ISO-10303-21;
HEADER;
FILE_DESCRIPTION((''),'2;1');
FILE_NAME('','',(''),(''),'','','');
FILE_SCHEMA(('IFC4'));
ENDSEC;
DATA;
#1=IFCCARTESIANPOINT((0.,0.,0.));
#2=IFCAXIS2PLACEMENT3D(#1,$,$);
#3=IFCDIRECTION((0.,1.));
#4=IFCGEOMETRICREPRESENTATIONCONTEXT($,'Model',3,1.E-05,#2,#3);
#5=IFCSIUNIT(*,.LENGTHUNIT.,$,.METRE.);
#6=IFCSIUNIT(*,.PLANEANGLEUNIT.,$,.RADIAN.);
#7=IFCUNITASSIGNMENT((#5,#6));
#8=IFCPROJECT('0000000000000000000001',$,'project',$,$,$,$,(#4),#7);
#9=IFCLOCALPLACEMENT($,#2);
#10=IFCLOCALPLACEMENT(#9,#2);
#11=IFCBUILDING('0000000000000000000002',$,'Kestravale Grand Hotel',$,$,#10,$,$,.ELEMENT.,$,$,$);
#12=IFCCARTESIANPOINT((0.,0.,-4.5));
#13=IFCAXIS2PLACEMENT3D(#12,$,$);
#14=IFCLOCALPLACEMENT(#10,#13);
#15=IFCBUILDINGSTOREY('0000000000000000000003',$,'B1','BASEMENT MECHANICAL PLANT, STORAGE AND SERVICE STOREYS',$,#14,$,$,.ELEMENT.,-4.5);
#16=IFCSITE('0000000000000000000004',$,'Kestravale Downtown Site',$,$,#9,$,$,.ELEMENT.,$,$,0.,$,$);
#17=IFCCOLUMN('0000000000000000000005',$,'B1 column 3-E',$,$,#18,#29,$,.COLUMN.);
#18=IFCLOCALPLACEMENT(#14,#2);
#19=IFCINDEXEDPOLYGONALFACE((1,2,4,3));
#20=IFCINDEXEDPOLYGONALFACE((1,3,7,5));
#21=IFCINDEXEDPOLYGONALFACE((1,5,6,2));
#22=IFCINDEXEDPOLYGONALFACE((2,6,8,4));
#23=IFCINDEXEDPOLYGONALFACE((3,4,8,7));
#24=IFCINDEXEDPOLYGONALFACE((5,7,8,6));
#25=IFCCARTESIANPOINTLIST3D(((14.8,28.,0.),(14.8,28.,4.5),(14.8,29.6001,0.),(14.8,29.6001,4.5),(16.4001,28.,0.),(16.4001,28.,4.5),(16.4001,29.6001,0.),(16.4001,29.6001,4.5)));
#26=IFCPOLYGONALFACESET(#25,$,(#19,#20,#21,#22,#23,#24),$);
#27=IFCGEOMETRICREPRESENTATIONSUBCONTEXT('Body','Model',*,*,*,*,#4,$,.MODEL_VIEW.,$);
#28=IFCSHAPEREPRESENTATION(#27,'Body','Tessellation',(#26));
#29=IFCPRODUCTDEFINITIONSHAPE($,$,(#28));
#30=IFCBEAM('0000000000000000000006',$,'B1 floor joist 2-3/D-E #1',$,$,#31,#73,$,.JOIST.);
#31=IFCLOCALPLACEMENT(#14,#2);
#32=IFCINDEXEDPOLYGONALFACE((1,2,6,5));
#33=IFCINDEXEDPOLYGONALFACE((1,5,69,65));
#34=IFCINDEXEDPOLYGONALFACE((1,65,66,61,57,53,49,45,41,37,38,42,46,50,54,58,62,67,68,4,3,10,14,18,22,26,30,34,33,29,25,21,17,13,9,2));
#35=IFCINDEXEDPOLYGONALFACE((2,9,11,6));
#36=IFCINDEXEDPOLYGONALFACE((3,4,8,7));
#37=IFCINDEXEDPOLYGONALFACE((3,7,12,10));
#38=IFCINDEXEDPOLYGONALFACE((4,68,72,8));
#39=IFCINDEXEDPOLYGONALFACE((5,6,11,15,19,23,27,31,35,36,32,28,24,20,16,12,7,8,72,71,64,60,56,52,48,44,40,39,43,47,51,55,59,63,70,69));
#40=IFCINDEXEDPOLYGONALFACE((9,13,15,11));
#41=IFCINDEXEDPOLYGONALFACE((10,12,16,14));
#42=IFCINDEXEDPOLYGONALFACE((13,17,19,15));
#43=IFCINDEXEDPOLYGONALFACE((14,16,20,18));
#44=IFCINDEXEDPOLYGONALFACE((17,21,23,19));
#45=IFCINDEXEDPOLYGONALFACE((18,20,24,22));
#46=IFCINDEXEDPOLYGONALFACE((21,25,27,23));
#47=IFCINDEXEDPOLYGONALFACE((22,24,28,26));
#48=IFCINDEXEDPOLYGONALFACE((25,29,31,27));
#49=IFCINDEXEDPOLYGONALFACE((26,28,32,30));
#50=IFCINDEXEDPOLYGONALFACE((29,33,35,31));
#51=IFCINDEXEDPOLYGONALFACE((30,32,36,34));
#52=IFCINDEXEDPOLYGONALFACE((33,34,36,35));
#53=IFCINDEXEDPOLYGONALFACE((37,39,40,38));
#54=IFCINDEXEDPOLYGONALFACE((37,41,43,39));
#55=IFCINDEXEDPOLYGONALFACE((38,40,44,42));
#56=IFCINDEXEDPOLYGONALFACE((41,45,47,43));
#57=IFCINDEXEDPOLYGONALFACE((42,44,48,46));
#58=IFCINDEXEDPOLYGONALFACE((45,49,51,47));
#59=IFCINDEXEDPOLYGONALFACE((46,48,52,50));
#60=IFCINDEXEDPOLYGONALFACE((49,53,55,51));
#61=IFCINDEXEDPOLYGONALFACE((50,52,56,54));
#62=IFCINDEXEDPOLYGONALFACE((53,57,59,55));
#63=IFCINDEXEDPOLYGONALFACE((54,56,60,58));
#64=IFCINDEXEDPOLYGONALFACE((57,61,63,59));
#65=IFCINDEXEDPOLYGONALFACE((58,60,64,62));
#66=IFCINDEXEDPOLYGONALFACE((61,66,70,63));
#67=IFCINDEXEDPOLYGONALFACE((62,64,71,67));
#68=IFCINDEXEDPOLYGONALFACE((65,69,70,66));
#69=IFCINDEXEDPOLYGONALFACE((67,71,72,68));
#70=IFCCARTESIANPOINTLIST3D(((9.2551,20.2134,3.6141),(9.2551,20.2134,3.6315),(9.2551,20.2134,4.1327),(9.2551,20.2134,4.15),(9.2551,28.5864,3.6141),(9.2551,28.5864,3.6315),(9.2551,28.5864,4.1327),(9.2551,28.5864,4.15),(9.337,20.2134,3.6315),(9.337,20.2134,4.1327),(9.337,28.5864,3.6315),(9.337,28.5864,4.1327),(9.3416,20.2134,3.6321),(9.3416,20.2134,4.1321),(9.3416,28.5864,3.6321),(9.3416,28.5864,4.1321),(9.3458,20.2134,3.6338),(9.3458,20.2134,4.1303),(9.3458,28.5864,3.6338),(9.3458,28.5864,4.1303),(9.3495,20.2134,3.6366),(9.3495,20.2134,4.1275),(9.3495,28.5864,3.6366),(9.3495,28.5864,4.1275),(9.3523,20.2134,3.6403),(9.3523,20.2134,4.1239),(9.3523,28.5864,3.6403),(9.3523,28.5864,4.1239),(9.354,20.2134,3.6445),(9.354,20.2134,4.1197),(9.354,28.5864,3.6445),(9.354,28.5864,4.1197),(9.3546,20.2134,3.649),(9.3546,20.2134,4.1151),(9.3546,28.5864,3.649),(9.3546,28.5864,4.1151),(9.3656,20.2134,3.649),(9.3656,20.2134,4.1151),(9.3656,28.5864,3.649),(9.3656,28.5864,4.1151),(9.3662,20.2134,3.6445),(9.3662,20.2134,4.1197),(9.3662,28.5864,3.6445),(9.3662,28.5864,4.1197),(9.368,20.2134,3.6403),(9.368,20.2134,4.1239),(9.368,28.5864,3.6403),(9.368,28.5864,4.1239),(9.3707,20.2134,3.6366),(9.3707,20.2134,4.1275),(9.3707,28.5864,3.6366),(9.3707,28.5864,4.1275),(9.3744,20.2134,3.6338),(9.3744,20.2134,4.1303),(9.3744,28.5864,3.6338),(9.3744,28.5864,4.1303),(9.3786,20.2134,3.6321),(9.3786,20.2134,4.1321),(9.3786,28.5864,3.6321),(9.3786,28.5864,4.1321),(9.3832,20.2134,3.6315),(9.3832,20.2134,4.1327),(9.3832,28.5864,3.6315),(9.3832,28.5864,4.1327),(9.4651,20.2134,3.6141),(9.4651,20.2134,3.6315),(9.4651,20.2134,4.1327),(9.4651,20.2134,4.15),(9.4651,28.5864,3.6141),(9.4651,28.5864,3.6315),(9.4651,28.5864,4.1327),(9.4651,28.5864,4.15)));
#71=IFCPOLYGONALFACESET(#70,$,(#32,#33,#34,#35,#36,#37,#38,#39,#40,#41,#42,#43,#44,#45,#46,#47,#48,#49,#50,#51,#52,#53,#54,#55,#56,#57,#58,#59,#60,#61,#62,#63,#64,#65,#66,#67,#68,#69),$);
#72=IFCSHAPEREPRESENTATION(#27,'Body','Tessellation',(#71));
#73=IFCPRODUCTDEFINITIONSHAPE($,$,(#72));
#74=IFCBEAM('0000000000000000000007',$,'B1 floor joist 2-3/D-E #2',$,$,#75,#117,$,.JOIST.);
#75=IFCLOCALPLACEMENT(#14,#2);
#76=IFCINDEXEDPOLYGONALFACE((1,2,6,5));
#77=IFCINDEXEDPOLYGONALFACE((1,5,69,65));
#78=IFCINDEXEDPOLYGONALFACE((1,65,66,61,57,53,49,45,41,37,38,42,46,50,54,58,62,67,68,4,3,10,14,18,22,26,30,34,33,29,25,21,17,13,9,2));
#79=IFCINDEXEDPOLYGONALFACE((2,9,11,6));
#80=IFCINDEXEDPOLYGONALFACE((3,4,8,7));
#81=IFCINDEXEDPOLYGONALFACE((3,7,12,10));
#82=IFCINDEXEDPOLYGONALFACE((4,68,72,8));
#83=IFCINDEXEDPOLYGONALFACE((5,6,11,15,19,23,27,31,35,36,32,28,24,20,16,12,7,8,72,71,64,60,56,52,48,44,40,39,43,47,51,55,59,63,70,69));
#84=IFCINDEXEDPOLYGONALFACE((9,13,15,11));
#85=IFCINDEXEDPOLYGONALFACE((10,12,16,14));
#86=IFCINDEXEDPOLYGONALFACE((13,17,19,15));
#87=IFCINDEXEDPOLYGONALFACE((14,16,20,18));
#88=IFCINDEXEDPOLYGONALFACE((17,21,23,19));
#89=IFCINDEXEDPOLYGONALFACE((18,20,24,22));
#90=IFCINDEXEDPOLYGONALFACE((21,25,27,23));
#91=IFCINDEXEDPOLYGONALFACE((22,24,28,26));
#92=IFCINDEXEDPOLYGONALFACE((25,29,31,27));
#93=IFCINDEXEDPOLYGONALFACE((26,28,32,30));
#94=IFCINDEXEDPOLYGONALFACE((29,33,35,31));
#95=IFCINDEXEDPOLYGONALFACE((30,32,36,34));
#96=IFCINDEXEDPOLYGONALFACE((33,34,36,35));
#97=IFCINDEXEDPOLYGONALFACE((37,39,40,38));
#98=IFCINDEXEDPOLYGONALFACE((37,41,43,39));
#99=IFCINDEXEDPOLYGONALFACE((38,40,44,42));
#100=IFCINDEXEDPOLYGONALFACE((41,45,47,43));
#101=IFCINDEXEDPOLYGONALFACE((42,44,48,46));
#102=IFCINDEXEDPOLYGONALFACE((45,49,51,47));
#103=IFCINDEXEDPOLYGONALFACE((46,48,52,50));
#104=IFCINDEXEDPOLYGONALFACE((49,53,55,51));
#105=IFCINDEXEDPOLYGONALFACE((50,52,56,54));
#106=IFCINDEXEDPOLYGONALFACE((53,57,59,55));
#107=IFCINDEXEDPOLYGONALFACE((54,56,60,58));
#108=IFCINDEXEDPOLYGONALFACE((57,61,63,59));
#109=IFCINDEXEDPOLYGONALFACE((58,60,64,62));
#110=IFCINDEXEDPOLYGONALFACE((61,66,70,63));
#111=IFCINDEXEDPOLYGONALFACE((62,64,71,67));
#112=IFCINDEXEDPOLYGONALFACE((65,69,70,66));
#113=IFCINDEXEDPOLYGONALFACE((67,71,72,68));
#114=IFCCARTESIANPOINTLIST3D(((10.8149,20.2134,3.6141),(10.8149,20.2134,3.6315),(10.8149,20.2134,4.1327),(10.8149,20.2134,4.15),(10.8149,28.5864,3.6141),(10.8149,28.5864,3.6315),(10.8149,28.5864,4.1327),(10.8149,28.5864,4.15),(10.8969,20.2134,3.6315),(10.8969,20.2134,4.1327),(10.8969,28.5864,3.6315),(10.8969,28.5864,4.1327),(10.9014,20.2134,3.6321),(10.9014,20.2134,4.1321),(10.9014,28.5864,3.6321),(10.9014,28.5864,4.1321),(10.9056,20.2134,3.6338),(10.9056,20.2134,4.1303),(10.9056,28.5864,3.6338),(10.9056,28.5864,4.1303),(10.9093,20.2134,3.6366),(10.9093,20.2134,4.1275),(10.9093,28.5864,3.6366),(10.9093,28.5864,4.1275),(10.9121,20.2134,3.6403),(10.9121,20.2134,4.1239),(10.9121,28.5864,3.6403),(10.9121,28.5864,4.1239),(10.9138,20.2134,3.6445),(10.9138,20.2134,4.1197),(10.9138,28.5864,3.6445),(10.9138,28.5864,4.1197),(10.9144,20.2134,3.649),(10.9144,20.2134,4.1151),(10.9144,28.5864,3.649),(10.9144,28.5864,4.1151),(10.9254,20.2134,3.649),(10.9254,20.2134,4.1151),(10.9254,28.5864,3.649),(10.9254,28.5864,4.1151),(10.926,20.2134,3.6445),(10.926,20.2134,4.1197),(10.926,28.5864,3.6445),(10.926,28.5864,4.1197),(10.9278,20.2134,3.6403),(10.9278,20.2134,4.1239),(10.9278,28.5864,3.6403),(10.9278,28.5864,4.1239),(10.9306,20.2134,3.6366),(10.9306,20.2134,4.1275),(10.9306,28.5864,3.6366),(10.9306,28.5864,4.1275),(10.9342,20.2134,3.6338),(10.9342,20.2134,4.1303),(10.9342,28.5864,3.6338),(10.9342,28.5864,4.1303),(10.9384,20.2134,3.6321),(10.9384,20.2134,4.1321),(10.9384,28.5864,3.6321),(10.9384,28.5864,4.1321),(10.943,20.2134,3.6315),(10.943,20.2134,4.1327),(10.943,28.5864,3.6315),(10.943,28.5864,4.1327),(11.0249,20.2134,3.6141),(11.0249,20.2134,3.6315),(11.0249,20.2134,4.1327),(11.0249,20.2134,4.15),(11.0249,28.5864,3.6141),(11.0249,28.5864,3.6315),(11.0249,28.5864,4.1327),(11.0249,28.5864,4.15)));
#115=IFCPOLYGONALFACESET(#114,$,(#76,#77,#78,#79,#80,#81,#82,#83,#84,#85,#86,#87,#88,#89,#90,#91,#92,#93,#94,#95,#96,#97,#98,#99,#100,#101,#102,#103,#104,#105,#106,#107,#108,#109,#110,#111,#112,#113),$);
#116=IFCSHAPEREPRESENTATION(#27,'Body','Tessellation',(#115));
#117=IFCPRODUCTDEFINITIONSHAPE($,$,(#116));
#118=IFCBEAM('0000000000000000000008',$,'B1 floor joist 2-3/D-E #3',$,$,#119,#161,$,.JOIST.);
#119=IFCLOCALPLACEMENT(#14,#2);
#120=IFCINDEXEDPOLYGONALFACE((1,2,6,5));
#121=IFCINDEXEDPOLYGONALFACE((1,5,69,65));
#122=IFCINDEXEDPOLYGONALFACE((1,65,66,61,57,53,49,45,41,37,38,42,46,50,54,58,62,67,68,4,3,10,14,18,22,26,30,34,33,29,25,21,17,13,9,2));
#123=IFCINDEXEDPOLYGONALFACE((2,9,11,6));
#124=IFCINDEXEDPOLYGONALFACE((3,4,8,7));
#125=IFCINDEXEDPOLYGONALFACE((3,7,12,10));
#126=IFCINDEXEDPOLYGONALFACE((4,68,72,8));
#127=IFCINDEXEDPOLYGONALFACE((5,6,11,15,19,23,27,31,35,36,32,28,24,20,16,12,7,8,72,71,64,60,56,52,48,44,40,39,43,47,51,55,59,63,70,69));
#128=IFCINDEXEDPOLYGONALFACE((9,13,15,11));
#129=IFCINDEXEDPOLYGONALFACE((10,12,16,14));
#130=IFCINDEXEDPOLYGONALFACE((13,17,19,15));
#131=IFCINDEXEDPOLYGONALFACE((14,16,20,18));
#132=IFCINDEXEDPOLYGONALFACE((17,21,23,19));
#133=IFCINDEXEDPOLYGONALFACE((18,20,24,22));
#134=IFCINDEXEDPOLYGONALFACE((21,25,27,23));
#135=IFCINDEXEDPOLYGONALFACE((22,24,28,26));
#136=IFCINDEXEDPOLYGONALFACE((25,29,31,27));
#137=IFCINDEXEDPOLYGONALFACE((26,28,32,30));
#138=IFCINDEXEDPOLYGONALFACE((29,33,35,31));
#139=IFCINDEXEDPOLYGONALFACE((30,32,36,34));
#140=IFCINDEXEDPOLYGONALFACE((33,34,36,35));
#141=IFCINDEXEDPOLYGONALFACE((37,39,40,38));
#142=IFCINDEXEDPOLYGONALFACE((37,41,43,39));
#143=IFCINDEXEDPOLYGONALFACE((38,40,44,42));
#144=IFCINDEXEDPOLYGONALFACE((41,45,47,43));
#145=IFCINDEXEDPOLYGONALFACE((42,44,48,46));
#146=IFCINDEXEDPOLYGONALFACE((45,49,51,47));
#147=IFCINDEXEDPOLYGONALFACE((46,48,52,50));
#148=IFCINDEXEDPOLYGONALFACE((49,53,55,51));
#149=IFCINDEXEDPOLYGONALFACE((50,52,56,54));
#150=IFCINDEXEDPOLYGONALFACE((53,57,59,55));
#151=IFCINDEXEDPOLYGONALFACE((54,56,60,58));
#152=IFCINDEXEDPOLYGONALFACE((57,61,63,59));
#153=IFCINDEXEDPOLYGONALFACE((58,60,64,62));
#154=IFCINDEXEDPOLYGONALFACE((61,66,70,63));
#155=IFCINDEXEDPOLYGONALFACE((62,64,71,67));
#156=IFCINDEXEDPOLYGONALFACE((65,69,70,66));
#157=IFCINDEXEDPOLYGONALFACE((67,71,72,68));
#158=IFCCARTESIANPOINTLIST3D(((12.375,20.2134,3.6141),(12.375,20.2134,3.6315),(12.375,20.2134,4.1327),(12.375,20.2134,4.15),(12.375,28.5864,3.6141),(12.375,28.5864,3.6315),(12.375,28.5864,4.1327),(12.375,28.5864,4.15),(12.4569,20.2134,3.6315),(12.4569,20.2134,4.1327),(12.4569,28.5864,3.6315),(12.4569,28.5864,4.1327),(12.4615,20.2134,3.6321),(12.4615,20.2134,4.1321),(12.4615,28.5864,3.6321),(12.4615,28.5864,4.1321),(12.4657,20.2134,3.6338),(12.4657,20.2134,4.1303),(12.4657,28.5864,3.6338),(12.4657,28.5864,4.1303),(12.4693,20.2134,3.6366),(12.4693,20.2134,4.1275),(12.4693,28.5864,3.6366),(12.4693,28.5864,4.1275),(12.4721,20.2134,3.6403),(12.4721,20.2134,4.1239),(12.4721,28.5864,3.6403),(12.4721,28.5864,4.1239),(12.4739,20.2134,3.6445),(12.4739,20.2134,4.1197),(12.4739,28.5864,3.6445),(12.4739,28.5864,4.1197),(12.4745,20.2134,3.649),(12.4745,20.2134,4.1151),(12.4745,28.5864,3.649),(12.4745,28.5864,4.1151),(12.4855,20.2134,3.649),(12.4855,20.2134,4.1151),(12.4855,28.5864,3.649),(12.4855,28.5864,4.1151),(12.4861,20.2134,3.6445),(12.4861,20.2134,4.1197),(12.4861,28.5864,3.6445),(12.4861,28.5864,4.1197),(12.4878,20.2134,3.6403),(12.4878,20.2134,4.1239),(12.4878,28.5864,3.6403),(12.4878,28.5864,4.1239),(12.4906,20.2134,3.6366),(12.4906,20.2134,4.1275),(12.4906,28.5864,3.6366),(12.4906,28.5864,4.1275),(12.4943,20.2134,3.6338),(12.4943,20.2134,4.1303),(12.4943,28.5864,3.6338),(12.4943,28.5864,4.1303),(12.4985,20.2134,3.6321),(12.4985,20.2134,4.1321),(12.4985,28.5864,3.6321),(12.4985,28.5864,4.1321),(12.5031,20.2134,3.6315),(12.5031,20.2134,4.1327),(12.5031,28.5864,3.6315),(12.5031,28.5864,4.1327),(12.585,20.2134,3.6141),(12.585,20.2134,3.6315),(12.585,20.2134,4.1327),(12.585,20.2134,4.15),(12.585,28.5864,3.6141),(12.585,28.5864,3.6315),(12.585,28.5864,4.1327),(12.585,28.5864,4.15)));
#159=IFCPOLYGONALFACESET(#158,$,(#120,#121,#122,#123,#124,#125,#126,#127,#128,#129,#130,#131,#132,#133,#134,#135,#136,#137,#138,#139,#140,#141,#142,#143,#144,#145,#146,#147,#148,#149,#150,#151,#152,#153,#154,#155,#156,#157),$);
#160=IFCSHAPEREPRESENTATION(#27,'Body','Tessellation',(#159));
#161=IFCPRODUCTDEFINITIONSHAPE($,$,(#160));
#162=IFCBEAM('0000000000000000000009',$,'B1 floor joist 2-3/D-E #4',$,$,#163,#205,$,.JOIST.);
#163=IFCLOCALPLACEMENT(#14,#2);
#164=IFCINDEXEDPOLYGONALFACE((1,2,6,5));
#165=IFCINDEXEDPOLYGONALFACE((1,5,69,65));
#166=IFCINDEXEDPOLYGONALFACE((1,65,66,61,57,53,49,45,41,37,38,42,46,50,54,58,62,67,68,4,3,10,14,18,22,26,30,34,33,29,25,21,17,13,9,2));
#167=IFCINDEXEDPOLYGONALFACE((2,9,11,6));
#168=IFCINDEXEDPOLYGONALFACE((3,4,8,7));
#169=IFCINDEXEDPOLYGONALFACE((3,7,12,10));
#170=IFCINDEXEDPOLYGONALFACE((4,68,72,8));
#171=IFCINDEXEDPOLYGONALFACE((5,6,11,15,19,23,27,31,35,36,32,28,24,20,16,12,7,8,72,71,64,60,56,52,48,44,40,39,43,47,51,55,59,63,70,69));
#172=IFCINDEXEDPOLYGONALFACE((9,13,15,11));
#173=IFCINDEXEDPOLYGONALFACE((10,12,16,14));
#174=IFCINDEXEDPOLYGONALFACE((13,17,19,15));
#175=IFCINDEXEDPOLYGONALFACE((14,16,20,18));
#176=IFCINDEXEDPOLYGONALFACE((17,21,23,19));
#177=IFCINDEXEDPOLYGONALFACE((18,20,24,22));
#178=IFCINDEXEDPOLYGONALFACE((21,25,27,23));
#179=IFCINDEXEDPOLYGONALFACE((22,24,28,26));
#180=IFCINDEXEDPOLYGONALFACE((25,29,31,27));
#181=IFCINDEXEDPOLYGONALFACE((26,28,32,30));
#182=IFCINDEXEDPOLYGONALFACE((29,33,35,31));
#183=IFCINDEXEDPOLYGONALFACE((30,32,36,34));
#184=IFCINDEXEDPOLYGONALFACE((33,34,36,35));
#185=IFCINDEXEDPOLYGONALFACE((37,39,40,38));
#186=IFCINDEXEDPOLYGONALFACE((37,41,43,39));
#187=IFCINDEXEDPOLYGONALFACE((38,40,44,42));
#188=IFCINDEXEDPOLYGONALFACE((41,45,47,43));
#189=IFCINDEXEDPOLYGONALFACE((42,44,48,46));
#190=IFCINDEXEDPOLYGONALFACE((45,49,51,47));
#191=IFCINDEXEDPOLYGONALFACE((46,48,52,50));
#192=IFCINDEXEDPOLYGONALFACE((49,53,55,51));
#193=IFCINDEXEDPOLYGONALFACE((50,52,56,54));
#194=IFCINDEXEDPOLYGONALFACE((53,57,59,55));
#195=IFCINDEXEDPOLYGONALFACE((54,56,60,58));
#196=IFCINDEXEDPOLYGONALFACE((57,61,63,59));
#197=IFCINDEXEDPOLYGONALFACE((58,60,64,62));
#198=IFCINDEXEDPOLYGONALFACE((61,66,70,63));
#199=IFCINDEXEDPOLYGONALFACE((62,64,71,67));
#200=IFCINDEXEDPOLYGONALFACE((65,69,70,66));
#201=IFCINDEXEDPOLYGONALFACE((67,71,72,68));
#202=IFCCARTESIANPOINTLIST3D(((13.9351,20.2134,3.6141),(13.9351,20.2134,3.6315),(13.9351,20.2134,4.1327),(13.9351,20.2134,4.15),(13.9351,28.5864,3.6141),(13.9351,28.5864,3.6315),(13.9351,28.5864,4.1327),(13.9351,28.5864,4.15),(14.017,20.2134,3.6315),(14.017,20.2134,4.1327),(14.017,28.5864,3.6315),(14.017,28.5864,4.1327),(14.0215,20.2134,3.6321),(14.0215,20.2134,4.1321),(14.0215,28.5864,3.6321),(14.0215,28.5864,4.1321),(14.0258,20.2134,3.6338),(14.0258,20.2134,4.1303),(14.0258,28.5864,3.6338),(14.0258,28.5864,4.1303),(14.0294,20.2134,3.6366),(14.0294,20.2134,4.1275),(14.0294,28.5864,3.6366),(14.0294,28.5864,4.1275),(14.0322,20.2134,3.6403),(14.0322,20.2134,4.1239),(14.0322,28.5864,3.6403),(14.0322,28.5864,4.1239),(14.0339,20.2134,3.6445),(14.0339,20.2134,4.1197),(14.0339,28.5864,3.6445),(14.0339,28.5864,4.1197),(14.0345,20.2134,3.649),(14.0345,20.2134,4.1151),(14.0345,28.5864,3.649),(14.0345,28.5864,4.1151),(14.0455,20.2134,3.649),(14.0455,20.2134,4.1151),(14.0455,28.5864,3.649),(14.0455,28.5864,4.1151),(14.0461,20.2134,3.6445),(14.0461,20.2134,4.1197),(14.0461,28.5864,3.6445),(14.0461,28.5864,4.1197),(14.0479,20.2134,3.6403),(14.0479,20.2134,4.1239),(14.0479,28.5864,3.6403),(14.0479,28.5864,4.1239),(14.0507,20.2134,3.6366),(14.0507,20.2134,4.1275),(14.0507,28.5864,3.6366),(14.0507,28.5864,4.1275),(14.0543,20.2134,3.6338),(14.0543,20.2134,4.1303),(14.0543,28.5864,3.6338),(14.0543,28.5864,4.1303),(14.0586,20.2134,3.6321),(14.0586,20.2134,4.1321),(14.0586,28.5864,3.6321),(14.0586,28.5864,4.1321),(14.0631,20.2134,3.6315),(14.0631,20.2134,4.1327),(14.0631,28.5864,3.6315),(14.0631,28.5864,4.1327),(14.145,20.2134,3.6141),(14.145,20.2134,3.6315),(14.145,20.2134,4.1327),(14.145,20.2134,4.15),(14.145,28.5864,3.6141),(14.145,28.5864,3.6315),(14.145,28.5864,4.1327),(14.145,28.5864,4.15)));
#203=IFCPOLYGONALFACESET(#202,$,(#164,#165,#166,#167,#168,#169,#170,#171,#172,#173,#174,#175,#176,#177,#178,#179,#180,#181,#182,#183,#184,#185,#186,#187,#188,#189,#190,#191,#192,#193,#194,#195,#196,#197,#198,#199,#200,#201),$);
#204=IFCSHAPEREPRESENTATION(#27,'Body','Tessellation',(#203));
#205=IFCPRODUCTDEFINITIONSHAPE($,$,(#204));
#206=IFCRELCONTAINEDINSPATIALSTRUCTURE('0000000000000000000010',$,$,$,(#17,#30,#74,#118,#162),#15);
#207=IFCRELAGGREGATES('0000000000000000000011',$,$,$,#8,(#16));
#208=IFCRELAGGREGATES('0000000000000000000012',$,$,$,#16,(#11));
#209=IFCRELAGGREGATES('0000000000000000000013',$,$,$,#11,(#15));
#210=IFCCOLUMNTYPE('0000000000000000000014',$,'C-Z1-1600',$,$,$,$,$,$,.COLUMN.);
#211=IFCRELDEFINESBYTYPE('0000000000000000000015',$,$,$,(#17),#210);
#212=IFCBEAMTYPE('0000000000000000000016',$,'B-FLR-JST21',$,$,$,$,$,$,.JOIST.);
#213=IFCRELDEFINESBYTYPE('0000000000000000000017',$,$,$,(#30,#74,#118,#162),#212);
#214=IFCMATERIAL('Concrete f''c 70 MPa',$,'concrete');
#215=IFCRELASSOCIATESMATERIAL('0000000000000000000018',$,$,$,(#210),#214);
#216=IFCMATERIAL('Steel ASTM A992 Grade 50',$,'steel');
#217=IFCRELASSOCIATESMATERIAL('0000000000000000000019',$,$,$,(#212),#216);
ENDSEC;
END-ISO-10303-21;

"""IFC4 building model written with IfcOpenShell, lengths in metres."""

from ifc_helpers import new_model, si_unit, direction, frame, origin, origin_2d, place, context, subcontext, project, spatial, rectangle, i_section, extrude, material, material_profile, profile_set, type_object, element, save


model = new_model("IFC4")

# Units and contexts
model_context = context("Model", 3, precision=1e-05, world=origin(), true_north=direction((0.0, 1.0)))
body_context = subcontext(model_context, "Body", "Model", "MODEL_VIEW")
ifc_project = project(units=[si_unit("LENGTHUNIT", "METRE"), si_unit("PLANEANGLEUNIT", "RADIAN")], contexts=[model_context])

# Site, building, storey
site_placement = place(None, origin())
site = spatial("IfcSite", under=ifc_project, at=site_placement, Name="Kestravale Downtown Site", CompositionType="ELEMENT", RefElevation=0.0)
building_placement = place(site_placement, origin())
building = spatial("IfcBuilding", under=site, at=building_placement, Name="Kestravale Grand Hotel", CompositionType="ELEMENT")
storey_placement = place(building_placement, frame((0.0, 0.0, -4.5)))
storey = spatial("IfcBuildingStorey", under=building, at=storey_placement, Name="B1", Description="BASEMENT MECHANICAL PLANT, STORAGE AND SERVICE STOREYS", CompositionType="ELEMENT", Elevation=-4.5)

# Column
ifc_material_1 = material(Name="Concrete f'c 70 MPa", Category="concrete")
ifc_material_profile_1 = material_profile(ifc_material_1, rectangle(XDim=1.6001, YDim=1.6001, at=origin_2d()))
ifc_profile_set_1 = profile_set([ifc_material_profile_1], Name="Concrete f'c 70 MPa")
column_type = type_object("IfcColumnType", Name="C-Z1-1600", PredefinedType="COLUMN", material=ifc_profile_set_1)
column_placement = place(storey_placement, frame((15.6001, 28.8, 0.0), z_axis=(0.0, 0.0, 1.0), x_axis=(1.0, 0.0, 0.0)))
element("IfcColumn", 1, at=column_placement, inside=storey, type_object=column_type, Name="B1 column 3-E", PredefinedType="COLUMN", context=body_context, shape_type="SweptSolid", body=[
    extrude(rectangle(XDim=1.6001, YDim=1.6001, at=origin_2d()), origin(), (0.0, 0.0, 1.0), 4.5),
])

# Beams
ifc_material_2 = material(Name="Steel ASTM A992 Grade 50", Category="steel")
ifc_material_profile_2 = material_profile(ifc_material_2, i_section(OverallWidth=0.21, OverallDepth=0.5359, WebThickness=0.011, FlangeThickness=0.0173, FilletRadius=0.0176, at=origin_2d()))
ifc_profile_set_2 = profile_set([ifc_material_profile_2], Name="Steel ASTM A992 Grade 50")
beam_type_1 = type_object("IfcBeamType", Name="B-FLR-JST21", PredefinedType="JOIST", material=ifc_profile_set_2)
for number, where, z_axis, x_axis, name in (
    (2, (9.3601, 20.2134, 3.8821), (0.0, 1.0, 0.0), (-1.0, 0.0, 0.0), "B1 floor joist 2-3/D-E #1"),
    (3, (10.9199, 20.2134, 3.8821), (0.0, 1.0, 0.0), (-1.0, 0.0, 0.0), "B1 floor joist 2-3/D-E #2"),
    (4, (12.48, 20.2134, 3.8821), (0.0, 1.0, 0.0), (-1.0, 0.0, 0.0), "B1 floor joist 2-3/D-E #3"),
    (5, (14.04, 20.2134, 3.8821), (0.0, 1.0, 0.0), (-1.0, 0.0, 0.0), "B1 floor joist 2-3/D-E #4"),
):
    element("IfcBeam", number, at=place(storey_placement, frame(where, z_axis=z_axis, x_axis=x_axis)), inside=storey, type_object=beam_type_1, Name=name, PredefinedType="JOIST", context=body_context, shape_type="SweptSolid", body=[
        extrude(i_section(OverallWidth=0.21, OverallDepth=0.5359, WebThickness=0.011, FlangeThickness=0.0173, FilletRadius=0.0176, at=origin_2d()), origin(), (0.0, 0.0, 1.0), 8.373),
    ])

save(model, "model.ifc")
